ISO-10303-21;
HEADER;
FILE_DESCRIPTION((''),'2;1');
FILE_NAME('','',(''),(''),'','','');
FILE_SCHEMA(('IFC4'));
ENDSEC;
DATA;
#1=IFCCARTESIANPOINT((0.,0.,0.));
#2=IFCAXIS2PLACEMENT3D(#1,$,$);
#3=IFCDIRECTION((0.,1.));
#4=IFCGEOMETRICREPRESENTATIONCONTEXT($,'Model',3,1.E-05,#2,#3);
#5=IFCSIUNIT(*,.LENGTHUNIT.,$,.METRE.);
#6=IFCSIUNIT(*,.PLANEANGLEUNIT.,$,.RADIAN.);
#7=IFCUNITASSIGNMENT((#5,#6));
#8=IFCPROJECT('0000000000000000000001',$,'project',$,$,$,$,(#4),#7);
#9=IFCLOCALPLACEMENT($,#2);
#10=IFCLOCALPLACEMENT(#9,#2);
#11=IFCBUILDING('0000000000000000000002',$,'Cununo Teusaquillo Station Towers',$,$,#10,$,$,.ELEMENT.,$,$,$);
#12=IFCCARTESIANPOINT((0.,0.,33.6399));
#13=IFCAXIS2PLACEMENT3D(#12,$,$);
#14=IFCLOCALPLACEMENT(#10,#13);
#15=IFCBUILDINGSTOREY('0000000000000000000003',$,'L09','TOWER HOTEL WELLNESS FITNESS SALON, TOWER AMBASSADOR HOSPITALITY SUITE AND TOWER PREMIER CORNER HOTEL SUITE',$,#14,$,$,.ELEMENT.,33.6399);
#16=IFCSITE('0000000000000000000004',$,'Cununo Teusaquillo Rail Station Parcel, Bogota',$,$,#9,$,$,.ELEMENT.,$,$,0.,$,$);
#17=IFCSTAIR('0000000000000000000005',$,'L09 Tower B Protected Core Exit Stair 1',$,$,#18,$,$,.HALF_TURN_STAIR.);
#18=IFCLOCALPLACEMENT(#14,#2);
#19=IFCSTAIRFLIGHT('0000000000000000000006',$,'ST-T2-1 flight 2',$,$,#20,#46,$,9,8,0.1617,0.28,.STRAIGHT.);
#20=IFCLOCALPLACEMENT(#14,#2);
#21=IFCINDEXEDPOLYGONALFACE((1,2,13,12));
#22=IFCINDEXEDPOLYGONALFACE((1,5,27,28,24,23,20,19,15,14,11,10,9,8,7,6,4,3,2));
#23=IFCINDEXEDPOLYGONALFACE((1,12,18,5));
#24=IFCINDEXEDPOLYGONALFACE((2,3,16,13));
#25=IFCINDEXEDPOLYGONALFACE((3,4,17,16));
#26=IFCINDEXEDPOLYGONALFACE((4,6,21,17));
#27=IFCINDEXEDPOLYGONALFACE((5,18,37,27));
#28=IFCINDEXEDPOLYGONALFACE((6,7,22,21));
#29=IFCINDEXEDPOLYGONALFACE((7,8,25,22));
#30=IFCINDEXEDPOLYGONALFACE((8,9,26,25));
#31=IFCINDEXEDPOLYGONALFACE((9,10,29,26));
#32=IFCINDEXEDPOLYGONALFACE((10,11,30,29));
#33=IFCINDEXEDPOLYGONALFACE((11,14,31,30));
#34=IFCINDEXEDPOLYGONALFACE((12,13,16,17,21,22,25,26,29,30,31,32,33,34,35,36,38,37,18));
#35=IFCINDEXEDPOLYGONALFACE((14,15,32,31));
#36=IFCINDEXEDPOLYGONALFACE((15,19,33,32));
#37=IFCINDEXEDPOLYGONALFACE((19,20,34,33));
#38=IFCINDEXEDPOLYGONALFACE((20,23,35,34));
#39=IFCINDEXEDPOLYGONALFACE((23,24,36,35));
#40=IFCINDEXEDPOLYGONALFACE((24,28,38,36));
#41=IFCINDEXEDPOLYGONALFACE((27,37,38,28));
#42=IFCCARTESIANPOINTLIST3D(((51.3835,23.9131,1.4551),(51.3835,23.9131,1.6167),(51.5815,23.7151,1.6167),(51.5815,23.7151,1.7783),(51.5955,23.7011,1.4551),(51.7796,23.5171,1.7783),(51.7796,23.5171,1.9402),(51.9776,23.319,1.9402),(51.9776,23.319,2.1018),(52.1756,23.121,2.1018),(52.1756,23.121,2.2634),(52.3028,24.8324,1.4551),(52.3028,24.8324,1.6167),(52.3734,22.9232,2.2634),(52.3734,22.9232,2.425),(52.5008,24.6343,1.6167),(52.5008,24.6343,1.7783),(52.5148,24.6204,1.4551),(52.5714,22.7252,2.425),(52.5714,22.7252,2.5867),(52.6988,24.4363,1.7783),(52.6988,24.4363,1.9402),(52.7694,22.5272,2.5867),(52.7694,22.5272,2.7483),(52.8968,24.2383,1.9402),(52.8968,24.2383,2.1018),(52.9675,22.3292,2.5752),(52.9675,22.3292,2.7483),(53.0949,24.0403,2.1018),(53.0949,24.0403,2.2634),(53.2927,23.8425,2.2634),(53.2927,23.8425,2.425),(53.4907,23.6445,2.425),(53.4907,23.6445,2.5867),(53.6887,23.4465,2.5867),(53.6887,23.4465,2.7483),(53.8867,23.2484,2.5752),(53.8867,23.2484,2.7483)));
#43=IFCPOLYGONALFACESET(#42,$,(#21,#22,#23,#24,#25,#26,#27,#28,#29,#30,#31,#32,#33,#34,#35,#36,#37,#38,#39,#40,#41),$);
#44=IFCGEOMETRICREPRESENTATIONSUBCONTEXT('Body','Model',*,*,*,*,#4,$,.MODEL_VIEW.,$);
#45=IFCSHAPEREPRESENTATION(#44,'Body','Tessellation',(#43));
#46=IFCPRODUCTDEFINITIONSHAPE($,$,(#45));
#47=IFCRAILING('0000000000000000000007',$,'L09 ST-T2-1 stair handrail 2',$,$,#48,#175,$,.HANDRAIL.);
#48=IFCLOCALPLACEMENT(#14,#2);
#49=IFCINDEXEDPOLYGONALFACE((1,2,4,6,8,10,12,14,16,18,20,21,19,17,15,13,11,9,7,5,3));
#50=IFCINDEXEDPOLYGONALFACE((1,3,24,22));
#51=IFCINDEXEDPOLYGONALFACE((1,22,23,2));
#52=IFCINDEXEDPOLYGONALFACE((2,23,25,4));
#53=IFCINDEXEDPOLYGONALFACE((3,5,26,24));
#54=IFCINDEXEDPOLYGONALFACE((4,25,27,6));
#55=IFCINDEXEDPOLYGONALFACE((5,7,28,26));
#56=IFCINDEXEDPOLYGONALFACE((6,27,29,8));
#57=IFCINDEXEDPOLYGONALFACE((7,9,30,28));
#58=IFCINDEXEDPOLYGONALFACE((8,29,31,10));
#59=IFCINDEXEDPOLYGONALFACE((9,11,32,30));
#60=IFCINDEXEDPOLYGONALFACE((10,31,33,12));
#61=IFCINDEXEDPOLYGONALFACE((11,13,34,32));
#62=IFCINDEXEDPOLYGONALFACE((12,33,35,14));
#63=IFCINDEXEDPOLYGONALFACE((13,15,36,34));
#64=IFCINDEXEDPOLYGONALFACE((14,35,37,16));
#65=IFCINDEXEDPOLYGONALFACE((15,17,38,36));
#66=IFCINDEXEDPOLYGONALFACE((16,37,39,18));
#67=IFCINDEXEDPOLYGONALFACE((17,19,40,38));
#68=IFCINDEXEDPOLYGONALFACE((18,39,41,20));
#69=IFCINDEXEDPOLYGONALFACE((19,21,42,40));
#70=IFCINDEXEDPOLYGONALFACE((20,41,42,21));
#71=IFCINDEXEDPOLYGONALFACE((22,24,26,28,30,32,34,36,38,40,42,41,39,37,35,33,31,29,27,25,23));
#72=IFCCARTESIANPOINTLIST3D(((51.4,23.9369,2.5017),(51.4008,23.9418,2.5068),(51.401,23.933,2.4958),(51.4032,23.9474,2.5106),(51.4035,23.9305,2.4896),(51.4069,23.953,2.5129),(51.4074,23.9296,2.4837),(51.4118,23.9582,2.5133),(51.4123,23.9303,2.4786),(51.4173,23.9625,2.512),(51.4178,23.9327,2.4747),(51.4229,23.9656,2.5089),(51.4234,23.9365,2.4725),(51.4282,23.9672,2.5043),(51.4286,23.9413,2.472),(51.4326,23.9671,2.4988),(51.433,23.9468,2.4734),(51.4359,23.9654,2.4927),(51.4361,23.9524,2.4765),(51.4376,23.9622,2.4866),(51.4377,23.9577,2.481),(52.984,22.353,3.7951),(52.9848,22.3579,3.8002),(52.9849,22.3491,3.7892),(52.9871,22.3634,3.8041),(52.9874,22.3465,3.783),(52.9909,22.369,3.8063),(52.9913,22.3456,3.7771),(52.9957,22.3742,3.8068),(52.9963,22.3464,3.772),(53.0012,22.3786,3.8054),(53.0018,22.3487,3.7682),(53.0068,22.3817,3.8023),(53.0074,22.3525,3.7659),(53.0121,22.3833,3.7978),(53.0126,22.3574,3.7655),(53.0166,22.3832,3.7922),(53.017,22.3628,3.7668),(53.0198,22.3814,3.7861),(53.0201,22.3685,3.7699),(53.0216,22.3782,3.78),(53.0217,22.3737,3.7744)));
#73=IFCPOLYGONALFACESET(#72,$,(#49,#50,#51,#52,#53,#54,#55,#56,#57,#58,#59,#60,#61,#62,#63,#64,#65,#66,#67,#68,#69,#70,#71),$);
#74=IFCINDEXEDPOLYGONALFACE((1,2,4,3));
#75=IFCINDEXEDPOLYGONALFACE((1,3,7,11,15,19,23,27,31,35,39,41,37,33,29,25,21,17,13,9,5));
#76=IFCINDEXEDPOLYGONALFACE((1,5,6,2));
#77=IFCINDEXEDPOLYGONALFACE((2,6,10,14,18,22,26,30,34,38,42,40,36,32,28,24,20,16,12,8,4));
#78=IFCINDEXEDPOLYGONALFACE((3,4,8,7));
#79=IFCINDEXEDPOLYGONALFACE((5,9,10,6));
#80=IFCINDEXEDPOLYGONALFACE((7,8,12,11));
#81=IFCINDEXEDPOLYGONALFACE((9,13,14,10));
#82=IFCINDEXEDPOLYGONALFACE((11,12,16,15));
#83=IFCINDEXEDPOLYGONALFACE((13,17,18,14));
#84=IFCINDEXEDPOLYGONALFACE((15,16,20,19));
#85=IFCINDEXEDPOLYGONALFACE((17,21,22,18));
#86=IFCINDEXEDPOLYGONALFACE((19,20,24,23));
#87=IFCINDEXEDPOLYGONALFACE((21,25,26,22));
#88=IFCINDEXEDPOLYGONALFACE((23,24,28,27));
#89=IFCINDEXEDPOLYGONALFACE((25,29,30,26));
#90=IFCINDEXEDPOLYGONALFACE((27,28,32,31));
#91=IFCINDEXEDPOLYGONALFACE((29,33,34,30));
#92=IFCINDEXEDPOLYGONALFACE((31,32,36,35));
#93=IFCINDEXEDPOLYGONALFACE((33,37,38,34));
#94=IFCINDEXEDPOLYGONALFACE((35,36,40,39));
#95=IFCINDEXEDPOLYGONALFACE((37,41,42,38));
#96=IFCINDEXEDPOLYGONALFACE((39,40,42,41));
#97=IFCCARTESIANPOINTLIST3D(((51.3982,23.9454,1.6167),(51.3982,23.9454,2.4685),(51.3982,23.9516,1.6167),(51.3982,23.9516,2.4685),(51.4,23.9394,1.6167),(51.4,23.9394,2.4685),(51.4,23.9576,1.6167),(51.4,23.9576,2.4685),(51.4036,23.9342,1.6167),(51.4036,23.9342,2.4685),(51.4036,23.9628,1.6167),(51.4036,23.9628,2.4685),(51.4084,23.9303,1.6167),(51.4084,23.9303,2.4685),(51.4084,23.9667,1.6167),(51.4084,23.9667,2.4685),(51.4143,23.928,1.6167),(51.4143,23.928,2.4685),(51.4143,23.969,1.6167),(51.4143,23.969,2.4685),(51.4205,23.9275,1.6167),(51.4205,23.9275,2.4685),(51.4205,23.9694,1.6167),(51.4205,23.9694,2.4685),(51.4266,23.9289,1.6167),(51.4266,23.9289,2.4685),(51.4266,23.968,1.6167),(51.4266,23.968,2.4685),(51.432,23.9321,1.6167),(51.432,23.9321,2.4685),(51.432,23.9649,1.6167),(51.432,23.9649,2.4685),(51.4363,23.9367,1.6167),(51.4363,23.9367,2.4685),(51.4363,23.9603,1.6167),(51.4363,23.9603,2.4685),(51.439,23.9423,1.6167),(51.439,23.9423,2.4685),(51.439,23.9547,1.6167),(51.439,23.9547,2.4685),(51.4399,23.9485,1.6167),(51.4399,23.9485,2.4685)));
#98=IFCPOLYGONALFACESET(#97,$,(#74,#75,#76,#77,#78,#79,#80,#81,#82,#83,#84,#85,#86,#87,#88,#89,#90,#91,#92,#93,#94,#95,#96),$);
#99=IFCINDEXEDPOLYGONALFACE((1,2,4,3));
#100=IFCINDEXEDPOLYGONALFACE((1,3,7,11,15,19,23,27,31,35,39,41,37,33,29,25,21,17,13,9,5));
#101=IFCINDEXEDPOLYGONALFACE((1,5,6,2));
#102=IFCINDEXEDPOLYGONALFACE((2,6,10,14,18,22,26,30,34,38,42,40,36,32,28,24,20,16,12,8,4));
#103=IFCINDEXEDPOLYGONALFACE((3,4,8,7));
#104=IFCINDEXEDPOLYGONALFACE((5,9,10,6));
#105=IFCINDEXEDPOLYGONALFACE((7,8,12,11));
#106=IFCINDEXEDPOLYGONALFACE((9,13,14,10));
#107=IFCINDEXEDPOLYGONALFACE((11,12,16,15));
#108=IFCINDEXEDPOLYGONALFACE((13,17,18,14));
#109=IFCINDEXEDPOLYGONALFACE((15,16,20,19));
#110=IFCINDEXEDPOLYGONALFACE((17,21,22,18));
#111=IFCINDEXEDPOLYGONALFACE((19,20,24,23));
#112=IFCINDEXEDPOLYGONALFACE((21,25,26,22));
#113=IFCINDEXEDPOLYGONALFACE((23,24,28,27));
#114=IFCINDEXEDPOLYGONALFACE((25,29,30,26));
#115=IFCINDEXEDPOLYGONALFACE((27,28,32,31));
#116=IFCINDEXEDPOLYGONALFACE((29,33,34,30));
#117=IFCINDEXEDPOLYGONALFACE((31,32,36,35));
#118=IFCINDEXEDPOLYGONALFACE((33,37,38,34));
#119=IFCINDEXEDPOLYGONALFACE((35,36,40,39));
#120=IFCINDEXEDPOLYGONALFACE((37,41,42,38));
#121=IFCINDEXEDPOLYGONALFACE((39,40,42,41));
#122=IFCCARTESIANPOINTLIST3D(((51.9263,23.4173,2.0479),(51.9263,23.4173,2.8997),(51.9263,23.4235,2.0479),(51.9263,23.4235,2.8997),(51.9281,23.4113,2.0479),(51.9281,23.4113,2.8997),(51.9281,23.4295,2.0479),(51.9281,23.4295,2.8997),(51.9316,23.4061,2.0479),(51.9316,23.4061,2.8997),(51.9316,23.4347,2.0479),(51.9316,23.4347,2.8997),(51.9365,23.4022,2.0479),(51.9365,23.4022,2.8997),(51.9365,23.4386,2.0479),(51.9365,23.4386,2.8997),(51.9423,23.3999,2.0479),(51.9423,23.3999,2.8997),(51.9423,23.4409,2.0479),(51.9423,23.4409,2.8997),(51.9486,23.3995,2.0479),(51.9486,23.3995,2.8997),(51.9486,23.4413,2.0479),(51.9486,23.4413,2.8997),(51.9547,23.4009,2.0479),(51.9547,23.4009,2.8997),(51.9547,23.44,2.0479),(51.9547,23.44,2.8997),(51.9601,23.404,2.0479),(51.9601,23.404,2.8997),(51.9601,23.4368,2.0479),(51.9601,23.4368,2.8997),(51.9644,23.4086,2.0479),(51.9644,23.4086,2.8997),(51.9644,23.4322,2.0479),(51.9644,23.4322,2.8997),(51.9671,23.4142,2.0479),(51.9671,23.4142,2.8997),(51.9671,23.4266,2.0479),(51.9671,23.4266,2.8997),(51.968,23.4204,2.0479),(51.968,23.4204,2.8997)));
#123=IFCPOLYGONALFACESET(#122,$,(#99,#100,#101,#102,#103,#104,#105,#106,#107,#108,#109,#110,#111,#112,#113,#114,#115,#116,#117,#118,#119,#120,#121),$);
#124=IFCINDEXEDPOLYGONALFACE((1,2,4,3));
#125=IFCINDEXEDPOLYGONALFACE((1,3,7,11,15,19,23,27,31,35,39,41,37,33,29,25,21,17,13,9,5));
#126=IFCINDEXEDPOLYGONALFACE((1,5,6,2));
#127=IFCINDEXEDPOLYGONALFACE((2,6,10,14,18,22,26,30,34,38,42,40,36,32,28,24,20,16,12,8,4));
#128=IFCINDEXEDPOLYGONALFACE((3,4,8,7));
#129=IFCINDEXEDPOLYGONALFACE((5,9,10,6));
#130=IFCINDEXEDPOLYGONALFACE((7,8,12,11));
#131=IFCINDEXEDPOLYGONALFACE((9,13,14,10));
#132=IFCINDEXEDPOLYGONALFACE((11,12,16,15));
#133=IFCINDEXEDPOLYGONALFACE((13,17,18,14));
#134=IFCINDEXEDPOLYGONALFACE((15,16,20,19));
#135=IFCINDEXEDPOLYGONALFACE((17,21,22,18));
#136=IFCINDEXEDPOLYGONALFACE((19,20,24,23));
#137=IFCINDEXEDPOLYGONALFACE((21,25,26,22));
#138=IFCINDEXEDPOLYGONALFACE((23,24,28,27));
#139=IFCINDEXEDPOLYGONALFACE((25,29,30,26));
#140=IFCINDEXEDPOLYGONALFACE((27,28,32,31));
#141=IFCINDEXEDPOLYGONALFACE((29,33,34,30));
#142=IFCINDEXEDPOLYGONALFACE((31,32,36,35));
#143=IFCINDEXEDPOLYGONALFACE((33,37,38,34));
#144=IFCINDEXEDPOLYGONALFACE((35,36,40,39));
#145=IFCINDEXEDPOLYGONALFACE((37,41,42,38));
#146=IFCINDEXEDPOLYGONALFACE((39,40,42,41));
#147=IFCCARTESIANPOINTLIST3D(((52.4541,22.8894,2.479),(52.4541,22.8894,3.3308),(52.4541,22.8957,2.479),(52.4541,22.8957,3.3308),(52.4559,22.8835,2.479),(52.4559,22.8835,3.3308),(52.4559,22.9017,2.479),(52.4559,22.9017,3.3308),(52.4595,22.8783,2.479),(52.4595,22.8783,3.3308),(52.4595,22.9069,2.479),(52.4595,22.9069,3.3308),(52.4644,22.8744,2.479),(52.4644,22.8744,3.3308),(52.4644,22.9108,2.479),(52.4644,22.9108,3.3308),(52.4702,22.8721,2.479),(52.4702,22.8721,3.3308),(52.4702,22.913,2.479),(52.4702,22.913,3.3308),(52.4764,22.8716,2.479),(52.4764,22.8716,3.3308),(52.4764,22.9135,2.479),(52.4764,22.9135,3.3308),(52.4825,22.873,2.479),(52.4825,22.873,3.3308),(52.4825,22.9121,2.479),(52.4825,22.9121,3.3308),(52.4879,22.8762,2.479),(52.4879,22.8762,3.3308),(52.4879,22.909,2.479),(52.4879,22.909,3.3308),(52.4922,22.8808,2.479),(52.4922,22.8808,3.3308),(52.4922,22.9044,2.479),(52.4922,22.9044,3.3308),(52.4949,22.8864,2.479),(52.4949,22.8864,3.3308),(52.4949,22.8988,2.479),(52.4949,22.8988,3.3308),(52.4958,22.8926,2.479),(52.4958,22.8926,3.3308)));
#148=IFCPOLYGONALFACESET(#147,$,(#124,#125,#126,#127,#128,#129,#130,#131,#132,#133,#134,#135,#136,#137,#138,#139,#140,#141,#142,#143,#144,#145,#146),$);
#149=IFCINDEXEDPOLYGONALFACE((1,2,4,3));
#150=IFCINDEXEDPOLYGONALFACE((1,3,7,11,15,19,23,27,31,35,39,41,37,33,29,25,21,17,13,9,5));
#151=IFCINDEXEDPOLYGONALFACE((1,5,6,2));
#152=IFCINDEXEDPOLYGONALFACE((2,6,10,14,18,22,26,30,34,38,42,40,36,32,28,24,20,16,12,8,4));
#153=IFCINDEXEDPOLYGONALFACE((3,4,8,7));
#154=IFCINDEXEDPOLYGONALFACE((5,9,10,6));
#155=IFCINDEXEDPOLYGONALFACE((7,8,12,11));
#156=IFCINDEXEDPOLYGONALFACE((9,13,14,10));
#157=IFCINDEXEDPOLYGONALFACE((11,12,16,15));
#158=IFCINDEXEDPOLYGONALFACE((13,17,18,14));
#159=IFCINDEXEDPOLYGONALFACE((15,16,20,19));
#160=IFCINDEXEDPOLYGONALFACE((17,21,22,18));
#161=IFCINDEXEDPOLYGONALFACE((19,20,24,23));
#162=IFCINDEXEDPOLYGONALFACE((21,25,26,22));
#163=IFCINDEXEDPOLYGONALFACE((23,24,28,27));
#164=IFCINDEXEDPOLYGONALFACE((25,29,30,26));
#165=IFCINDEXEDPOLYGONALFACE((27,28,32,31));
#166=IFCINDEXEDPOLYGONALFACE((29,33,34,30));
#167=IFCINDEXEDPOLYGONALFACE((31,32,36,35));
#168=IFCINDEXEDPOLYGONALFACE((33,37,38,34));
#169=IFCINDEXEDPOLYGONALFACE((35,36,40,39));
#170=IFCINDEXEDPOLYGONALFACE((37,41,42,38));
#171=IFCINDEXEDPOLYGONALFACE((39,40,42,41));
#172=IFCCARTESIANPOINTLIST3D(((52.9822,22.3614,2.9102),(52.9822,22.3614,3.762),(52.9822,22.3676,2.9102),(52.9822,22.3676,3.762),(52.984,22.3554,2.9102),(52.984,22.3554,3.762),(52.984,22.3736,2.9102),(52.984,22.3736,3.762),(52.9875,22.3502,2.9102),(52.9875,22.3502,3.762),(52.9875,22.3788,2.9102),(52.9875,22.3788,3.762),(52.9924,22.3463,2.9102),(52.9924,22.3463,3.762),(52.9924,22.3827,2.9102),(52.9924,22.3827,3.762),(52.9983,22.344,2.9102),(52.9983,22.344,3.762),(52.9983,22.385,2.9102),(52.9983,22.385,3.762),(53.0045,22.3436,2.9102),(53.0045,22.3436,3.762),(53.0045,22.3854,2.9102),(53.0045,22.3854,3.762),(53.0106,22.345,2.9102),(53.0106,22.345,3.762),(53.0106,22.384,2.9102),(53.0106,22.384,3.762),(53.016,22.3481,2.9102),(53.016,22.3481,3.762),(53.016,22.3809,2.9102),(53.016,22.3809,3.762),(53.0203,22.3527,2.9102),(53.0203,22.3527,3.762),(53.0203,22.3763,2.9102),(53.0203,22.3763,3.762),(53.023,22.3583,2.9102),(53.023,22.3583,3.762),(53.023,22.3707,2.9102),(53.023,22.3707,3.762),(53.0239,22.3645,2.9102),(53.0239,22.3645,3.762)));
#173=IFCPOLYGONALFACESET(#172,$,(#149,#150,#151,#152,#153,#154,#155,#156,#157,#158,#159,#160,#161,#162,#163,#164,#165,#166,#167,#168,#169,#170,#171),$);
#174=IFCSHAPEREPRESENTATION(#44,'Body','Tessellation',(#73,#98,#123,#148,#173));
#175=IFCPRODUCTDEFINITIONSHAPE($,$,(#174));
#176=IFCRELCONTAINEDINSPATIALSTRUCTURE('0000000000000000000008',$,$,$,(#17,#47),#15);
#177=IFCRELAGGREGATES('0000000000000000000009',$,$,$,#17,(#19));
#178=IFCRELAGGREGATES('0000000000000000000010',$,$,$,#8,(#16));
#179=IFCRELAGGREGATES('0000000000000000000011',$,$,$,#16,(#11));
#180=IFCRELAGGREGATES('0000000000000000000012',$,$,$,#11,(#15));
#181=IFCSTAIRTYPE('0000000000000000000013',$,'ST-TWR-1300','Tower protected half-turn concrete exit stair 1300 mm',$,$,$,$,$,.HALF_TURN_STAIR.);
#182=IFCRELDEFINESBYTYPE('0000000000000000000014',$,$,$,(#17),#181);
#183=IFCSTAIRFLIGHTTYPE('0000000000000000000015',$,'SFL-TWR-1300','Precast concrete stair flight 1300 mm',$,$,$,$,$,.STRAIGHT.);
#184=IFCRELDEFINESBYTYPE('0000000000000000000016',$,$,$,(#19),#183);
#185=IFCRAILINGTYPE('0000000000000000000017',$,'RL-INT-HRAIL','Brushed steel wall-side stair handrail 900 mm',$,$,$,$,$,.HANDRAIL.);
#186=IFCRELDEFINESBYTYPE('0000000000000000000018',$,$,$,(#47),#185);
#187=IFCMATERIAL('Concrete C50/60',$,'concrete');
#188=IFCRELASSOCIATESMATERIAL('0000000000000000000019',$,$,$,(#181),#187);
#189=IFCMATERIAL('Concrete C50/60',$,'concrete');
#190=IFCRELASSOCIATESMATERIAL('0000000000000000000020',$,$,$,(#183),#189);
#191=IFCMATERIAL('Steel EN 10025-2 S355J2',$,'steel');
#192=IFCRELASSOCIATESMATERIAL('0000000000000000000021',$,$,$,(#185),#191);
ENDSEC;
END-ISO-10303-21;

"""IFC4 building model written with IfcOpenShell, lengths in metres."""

from ifc_helpers import new_model, si_unit, direction, frame, origin, origin_2d, place, context, subcontext, project, spatial, polyline, circle, outline, extrude, material, type_object, element, aggregate, save


model = new_model("IFC4")

# Units and contexts
model_context = context("Model", 3, precision=1e-05, world=origin(), true_north=direction((0.0, 1.0)))
body_context = subcontext(model_context, "Body", "Model", "MODEL_VIEW")
ifc_project = project(units=[si_unit("LENGTHUNIT", "METRE"), si_unit("PLANEANGLEUNIT", "RADIAN")], contexts=[model_context])

# Site, building, storey
site_placement = place(None, origin())
site = spatial("IfcSite", under=ifc_project, at=site_placement, Name="Cununo Teusaquillo Rail Station Parcel, Bogota", CompositionType="ELEMENT", RefElevation=0.0)
building_placement = place(site_placement, origin())
building = spatial("IfcBuilding", under=site, at=building_placement, Name="Cununo Teusaquillo Station Towers", CompositionType="ELEMENT")
storey_placement = place(building_placement, frame((0.0, 0.0, 33.6399)))
storey = spatial("IfcBuildingStorey", under=building, at=storey_placement, Name="L09", Description="TOWER HOTEL WELLNESS FITNESS SALON, TOWER AMBASSADOR HOSPITALITY SUITE AND TOWER PREMIER CORNER HOTEL SUITE", CompositionType="ELEMENT", Elevation=33.6399)

# Stair, stair flight
ifc_material_1 = material(Name="Concrete C50/60", Category="concrete")
stair_type = type_object("IfcStairType", Name="ST-TWR-1300", Description="Tower protected half-turn concrete exit stair 1300 mm", PredefinedType="HALF_TURN_STAIR", material=ifc_material_1)
stair_placement = place(storey_placement, origin())
stair = element("IfcStair", 1, at=stair_placement, inside=storey, type_object=stair_type, Name="L09 Tower B Protected Core Exit Stair 1", PredefinedType="HALF_TURN_STAIR")
ifc_material_2 = material(Name="Concrete C50/60", Category="concrete")
stair_flight_type = type_object("IfcStairFlightType", Name="SFL-TWR-1300", Description="Precast concrete stair flight 1300 mm", PredefinedType="STRAIGHT", material=ifc_material_2)
stair_flight_placement = place(storey_placement, frame((51.8433, 24.3728, 1.4551), z_axis=(0.0, 0.0, 1.0), x_axis=(0.707107, -0.707107, 0.0)))
stair_flight = element("IfcStairFlight", 2, at=stair_flight_placement, type_object=stair_flight_type, Name="ST-T2-1 flight 2", NumberOfRisers=9, NumberOfTreads=8, PredefinedType="STRAIGHT", RiserHeight=0.1617, TreadLength=0.28, context=body_context, shape_type="SweptSolid", body=[
    extrude(outline(polyline([(0.0, 0.0), (0.0, 0.1616), (0.28, 0.1616), (0.28, 0.3232), (0.5601, 0.3232), (0.5601, 0.4851), (0.8401, 0.4851), (0.8401, 0.6467), (1.1201, 0.6467), (1.1201, 0.8083), (1.3999, 0.8083), (1.3999, 0.97), (1.6799, 0.97), (1.6799, 1.1316), (1.96, 1.1316), (1.96, 1.2932), (2.24, 1.2932), (2.24, 1.4551), (2.24, 1.1201), (0.2998, 0.0), (0.0, 0.0)])), frame((0.0, 0.6499, 0.0), z_axis=(0.0, -1.0, 0.0), x_axis=(1.0, 0.0, 0.0)), (0.0, 0.0, 1.0), 1.3),
])
aggregate(stair, [stair_flight])

# Railing
ifc_material_3 = material(Name="Steel EN 10025-2 S355J2", Category="steel")
railing_type = type_object("IfcRailingType", Name="RL-INT-HRAIL", Description="Brushed steel wall-side stair handrail 900 mm", PredefinedType="HANDRAIL", material=ifc_material_3)
railing_placement = place(storey_placement, frame((51.4189, 23.9485, 1.6167)))
element("IfcRailing", 3, at=railing_placement, inside=storey, type_object=railing_type, Name="L09 ST-T2-1 stair handrail 2", PredefinedType="HANDRAIL", context=body_context, shape_type="SweptSolid", body=[
    extrude(circle(Radius=0.0239, at=origin_2d()), frame((0.0, 0.0, 0.876), z_axis=(0.612356, -0.612356, 0.50004), x_axis=(0.707107, 0.707107, 0.0)), (0.0, 0.0, 1.0), 2.5867),
    extrude(circle(Radius=0.021, at=origin_2d()), origin(), (0.0, 0.0, 1.0), 0.8518),
    extrude(circle(Radius=0.021, at=origin_2d()), frame((0.5281, -0.5281, 0.4312)), (0.0, 0.0, 1.0), 0.8518),
    extrude(circle(Radius=0.021, at=origin_2d()), frame((1.0559, -1.0559, 0.8623)), (0.0, 0.0, 1.0), 0.8518),
    extrude(circle(Radius=0.021, at=origin_2d()), frame((1.584, -1.584, 1.2935)), (0.0, 0.0, 1.0), 0.8518),
])

save(model, "model.ifc")
